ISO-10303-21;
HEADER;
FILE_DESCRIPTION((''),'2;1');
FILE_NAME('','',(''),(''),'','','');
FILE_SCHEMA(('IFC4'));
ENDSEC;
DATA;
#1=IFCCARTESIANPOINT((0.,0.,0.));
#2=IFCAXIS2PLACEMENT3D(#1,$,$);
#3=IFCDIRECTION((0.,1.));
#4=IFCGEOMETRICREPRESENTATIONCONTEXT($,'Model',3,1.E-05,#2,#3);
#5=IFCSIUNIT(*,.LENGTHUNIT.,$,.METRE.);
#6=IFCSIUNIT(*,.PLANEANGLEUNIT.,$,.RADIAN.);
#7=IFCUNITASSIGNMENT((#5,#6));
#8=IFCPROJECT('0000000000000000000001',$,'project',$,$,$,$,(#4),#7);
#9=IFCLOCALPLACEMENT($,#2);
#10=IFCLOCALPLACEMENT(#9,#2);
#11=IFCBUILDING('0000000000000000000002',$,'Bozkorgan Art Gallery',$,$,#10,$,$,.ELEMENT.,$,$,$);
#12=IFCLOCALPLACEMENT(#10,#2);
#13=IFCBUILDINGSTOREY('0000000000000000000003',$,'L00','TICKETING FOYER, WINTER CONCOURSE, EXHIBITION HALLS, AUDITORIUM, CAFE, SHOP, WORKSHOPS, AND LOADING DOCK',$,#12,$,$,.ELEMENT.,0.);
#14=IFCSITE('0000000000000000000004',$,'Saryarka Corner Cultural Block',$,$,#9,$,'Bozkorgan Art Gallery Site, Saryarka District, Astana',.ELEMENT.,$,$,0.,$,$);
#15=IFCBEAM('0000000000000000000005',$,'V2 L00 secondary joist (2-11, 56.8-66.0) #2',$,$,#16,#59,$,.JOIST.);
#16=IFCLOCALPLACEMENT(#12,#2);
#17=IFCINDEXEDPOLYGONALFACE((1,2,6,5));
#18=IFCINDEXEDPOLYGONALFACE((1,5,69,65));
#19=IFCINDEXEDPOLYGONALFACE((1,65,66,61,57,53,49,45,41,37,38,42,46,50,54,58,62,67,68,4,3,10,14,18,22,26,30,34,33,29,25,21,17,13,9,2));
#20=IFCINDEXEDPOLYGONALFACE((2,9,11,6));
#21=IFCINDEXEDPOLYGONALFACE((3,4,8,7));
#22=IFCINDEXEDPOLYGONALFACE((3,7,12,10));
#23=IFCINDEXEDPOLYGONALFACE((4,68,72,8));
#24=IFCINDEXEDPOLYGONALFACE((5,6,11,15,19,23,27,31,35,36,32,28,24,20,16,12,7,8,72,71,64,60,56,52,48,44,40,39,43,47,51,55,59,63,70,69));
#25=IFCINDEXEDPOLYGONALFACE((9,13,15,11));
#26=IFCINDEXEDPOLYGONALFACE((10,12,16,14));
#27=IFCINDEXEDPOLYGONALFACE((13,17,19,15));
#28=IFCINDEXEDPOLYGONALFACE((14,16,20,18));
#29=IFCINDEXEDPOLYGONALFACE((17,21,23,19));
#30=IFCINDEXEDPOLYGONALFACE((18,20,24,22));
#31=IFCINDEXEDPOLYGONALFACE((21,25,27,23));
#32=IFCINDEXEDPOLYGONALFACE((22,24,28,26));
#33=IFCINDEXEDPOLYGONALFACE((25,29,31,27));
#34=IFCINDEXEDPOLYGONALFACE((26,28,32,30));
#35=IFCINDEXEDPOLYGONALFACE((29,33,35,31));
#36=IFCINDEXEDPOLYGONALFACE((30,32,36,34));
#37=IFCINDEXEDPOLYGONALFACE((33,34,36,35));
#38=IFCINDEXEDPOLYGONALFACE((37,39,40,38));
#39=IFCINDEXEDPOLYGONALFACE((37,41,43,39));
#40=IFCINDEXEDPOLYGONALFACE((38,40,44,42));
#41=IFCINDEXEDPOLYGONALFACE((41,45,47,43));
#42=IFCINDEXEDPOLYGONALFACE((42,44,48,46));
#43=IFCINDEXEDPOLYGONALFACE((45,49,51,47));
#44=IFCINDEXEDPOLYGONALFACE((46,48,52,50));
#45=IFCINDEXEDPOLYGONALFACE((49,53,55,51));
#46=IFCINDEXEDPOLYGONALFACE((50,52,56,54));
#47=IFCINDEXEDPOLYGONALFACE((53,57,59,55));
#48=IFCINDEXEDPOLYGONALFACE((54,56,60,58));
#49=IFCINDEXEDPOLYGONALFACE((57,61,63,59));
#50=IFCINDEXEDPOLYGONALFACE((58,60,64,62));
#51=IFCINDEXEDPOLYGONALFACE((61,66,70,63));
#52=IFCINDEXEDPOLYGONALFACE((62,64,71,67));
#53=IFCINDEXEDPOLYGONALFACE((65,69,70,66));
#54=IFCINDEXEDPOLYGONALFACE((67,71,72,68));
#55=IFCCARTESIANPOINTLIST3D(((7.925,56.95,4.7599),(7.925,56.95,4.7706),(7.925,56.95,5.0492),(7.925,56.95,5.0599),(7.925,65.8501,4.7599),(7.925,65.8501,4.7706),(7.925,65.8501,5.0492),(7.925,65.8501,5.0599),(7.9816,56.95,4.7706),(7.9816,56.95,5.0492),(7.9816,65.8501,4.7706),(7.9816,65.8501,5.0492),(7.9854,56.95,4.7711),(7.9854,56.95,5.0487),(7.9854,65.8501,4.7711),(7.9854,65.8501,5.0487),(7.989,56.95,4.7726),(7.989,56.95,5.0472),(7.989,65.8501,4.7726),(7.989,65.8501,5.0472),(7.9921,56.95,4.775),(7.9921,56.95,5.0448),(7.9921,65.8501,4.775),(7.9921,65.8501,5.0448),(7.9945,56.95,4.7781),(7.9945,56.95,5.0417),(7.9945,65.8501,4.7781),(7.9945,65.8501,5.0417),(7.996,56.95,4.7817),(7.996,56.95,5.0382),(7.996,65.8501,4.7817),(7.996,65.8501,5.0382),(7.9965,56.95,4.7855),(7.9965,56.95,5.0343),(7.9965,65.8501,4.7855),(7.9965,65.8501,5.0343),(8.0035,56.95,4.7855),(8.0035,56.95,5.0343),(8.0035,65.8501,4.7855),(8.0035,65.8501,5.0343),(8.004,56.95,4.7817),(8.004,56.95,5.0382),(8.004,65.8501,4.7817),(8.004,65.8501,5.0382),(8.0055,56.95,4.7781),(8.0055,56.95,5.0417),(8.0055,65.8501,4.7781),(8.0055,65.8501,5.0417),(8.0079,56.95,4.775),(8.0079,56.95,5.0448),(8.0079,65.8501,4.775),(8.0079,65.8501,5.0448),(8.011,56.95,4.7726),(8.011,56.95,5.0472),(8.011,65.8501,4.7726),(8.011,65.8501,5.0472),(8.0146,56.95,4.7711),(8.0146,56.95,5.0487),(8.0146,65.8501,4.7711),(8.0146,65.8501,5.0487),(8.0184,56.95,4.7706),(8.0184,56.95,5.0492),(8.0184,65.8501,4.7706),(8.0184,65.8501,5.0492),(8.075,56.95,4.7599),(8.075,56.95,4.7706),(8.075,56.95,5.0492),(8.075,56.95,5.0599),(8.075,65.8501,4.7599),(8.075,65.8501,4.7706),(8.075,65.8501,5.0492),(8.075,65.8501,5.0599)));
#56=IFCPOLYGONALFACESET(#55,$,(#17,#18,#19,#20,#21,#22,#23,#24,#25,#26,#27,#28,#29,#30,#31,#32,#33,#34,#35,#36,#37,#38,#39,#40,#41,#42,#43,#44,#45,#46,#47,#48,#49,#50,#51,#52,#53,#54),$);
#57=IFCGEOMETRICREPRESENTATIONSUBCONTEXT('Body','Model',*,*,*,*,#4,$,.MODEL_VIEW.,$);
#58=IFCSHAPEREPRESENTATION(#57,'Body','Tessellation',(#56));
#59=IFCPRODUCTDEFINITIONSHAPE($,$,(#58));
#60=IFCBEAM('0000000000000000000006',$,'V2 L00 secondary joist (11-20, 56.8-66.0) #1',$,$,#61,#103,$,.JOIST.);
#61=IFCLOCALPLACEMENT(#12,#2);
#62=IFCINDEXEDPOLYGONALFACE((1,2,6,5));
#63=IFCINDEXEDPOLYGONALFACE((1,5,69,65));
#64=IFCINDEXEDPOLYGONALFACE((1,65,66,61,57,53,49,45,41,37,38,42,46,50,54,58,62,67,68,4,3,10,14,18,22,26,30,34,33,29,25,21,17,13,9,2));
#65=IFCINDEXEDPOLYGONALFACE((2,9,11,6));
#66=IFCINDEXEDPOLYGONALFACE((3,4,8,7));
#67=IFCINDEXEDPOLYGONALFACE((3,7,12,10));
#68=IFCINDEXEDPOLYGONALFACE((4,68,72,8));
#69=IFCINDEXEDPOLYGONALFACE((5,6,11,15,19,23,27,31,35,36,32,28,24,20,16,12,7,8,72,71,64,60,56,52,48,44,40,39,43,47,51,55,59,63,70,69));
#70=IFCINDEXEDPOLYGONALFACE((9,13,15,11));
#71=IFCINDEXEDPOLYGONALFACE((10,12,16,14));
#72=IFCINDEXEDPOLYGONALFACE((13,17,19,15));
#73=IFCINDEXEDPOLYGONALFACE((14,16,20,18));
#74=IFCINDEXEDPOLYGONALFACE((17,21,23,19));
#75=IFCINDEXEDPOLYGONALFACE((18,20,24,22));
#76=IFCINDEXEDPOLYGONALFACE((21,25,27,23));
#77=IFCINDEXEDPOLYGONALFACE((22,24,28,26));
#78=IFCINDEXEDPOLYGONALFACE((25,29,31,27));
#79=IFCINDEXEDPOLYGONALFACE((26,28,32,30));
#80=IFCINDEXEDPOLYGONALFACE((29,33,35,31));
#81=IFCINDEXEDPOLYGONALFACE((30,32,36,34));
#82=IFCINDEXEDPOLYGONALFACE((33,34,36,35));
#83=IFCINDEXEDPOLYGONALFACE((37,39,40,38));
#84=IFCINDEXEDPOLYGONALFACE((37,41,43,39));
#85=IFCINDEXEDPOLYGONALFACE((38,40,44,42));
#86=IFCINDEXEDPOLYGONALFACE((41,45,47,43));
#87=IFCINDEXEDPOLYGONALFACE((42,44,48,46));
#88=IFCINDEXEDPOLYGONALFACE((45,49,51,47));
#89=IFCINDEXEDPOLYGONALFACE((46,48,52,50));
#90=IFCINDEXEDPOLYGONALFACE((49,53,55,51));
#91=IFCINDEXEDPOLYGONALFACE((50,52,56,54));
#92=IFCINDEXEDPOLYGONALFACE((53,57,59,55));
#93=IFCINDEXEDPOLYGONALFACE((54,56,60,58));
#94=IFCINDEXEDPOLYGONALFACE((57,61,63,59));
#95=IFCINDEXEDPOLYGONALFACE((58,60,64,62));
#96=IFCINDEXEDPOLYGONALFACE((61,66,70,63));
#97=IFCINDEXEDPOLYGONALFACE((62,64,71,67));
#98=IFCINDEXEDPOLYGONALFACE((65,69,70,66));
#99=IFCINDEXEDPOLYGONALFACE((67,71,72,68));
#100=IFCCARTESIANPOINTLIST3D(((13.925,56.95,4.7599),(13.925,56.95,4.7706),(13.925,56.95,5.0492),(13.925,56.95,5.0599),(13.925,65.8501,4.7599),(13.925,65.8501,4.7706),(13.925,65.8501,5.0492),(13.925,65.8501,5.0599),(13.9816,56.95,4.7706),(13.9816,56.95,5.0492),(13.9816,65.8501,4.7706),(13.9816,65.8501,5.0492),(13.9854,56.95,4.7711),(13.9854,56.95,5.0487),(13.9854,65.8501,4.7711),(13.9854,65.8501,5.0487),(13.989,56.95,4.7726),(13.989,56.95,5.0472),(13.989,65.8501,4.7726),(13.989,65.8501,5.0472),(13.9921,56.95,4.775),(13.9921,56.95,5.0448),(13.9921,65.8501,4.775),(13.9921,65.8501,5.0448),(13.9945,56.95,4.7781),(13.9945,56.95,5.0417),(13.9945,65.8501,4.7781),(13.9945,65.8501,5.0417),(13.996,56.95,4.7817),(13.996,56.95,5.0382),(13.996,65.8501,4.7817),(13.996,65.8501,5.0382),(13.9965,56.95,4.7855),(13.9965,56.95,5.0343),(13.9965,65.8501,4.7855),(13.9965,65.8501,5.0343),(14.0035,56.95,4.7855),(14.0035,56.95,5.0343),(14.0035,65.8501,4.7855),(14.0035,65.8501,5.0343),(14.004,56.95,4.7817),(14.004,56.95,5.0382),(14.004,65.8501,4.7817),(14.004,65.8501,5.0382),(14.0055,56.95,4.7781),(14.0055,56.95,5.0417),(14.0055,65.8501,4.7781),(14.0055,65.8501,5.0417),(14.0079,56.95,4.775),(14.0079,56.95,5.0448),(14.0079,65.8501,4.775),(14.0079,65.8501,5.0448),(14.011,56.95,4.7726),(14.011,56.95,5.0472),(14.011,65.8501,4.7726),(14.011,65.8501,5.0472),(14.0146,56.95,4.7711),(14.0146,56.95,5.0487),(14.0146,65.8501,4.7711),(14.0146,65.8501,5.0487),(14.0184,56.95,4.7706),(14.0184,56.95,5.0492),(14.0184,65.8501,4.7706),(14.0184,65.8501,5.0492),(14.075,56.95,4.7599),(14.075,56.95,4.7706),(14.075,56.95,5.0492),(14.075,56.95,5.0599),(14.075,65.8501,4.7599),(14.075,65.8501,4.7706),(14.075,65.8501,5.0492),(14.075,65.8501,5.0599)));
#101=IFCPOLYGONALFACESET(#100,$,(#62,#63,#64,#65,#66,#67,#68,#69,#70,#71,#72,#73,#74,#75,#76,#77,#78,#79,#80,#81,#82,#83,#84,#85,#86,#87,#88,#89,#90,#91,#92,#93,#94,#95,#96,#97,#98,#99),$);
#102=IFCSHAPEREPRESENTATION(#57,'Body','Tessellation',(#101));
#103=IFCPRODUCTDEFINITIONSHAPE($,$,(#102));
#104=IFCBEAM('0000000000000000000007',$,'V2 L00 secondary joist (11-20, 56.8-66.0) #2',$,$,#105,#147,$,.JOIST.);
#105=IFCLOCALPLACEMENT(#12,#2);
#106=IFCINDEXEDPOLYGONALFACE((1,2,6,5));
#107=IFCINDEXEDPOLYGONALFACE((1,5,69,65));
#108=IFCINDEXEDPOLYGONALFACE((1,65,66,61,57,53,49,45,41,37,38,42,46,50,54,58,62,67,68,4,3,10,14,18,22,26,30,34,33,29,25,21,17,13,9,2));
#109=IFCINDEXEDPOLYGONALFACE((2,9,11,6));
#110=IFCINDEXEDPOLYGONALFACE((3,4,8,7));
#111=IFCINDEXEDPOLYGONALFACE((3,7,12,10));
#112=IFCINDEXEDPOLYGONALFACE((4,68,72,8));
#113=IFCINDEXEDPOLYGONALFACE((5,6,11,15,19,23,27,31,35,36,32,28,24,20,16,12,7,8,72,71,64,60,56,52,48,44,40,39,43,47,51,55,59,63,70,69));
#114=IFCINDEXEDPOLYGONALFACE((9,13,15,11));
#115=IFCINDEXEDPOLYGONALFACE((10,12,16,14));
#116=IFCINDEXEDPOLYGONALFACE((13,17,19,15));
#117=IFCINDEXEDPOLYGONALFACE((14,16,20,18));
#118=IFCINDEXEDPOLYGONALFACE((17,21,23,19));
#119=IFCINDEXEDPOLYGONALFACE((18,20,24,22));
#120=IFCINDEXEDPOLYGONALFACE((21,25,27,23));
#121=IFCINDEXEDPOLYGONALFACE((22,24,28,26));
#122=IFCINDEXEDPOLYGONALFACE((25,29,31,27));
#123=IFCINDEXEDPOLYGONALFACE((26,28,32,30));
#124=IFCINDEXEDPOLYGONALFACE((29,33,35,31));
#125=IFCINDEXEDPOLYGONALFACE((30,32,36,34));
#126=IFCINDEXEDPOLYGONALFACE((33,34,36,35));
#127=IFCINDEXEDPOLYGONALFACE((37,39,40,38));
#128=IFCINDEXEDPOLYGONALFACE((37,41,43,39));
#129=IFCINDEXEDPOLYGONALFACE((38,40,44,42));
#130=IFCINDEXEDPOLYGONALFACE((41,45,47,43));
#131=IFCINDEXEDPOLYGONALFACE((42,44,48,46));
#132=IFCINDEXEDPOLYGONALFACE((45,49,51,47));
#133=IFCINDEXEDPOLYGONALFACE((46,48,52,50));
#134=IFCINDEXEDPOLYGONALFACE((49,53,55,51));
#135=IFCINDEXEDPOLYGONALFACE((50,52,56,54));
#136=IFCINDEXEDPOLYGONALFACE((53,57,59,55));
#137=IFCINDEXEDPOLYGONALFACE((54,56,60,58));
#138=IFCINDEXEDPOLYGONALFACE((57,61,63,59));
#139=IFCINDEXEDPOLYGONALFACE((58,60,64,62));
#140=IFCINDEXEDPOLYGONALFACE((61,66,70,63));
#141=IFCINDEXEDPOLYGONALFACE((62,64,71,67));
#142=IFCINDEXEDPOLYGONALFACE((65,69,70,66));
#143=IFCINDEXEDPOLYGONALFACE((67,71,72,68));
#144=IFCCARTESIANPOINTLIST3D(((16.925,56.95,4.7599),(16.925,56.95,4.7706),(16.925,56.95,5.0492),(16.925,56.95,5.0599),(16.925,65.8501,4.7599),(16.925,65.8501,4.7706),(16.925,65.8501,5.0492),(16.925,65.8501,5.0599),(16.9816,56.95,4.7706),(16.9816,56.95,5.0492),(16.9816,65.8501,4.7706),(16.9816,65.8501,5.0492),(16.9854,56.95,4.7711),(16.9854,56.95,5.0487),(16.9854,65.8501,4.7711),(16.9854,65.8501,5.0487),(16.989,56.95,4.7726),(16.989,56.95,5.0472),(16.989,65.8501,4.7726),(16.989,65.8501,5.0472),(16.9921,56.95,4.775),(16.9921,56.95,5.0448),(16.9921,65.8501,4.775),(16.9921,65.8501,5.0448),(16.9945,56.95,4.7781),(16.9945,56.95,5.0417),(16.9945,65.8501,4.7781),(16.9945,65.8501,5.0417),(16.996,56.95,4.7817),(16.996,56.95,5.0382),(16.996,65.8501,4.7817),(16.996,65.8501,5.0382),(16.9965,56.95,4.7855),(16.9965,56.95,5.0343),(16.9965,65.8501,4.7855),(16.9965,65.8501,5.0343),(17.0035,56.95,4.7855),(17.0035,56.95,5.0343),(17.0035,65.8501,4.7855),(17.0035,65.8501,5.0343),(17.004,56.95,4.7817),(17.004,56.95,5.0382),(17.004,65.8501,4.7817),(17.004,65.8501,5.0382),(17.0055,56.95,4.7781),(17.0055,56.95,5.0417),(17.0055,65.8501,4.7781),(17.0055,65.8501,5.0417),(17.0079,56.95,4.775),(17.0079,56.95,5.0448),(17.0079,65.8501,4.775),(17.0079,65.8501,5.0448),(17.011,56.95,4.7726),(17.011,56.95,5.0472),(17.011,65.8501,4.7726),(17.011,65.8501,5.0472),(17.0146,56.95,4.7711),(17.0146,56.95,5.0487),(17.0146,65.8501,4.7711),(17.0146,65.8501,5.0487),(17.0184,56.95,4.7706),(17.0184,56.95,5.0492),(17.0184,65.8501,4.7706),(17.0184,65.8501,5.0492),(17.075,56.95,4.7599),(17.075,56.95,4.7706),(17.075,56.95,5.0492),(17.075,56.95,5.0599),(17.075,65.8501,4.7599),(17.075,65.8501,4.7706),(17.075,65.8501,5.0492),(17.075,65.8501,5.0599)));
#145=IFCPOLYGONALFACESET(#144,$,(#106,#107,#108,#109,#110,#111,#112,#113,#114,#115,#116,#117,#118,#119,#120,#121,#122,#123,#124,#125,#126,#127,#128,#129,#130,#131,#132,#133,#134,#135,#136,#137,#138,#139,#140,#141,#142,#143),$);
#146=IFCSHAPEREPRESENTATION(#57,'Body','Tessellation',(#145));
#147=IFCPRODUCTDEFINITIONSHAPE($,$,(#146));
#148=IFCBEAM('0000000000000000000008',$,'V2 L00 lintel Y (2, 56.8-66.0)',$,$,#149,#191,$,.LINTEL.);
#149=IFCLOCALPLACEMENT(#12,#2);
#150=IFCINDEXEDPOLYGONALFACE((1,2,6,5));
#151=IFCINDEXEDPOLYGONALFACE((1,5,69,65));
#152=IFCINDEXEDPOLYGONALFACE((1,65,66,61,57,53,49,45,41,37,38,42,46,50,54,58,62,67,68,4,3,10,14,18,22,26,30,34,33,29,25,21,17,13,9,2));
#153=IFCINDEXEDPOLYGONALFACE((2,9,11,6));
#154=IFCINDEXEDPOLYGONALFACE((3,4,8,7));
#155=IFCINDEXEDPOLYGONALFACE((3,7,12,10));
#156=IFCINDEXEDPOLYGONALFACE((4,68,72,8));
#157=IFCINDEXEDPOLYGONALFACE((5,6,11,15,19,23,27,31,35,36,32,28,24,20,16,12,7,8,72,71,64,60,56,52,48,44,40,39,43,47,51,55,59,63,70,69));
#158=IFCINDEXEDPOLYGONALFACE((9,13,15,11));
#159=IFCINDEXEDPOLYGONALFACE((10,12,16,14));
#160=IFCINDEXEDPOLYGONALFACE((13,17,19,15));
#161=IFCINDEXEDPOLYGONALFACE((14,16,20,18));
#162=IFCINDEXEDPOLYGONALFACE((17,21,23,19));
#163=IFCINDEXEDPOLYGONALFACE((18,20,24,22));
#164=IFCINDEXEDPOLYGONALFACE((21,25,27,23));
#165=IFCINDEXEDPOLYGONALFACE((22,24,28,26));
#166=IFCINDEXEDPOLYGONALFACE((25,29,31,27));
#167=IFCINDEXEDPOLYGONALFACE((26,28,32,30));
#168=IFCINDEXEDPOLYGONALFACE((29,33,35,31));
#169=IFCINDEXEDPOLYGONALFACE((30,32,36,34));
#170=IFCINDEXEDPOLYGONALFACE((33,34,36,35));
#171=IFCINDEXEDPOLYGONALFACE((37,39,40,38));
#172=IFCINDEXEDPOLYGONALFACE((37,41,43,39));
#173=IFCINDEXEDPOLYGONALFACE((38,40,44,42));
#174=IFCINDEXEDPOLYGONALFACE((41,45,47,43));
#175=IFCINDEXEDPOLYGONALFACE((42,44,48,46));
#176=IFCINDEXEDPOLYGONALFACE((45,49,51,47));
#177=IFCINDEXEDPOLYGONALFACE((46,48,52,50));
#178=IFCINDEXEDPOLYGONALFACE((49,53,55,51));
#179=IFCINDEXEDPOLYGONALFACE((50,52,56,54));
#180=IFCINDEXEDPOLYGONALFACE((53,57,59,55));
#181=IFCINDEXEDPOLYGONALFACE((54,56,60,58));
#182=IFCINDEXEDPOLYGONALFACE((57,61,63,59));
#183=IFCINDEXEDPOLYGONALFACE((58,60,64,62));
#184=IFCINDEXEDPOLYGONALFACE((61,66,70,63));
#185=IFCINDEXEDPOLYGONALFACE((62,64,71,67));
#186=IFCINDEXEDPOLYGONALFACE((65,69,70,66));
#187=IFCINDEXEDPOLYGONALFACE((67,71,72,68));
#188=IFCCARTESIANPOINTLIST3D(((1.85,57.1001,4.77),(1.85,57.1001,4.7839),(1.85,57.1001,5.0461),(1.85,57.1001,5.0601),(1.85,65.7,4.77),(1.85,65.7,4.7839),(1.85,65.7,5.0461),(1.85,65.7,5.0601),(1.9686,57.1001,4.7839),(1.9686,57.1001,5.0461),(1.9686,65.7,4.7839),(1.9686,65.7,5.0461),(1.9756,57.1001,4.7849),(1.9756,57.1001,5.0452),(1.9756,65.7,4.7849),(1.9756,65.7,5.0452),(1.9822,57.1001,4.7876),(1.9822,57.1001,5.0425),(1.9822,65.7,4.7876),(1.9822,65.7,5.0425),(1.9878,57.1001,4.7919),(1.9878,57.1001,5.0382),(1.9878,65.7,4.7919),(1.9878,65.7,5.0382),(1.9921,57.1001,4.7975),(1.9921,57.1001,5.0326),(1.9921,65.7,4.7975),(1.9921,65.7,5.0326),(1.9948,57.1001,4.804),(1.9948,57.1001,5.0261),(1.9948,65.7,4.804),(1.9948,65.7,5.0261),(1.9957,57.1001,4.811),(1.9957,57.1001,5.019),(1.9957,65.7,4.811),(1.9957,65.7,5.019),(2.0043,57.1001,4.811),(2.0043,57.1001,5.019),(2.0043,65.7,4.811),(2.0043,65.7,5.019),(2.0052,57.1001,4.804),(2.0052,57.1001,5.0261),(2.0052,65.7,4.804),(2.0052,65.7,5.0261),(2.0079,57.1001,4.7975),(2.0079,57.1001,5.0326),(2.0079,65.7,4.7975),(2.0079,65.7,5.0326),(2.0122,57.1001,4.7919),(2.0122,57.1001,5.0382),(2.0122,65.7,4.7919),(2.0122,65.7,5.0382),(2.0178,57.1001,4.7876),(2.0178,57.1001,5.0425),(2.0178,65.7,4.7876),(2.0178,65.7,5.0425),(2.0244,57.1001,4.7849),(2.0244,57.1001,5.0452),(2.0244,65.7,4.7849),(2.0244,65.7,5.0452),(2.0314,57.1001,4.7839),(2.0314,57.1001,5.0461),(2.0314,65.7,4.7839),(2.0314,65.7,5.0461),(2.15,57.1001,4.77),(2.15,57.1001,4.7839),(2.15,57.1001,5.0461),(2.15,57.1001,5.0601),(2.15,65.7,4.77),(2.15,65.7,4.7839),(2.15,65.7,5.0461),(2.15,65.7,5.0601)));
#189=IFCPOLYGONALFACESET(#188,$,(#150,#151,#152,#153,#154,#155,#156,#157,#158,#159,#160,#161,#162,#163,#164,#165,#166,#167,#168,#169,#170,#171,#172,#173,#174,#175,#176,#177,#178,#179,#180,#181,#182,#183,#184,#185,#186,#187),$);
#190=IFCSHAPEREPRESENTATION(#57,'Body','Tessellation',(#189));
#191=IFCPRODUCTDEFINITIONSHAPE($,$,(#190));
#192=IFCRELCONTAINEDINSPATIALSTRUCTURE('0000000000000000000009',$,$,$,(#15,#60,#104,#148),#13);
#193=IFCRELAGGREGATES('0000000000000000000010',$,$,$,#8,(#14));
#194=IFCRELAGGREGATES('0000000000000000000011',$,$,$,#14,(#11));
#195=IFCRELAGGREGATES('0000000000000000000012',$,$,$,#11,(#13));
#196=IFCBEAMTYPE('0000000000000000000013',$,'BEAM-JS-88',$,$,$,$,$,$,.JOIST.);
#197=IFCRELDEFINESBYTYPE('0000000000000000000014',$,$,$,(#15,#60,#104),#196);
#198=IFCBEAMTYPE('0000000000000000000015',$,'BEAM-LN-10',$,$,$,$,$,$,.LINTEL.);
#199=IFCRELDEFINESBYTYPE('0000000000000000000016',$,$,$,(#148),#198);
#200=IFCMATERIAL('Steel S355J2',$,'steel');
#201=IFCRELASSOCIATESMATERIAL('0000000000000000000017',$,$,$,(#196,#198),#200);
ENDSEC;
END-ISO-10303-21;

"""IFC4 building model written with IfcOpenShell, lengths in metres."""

from ifc_helpers import new_model, si_unit, direction, frame, origin, origin_2d, place, context, subcontext, project, spatial, i_section, extrude, material, material_profile, profile_set, type_object, element, save


model = new_model("IFC4")

# Units and contexts
model_context = context("Model", 3, precision=1e-05, world=origin(), true_north=direction((0.0, 1.0)))
body_context = subcontext(model_context, "Body", "Model", "MODEL_VIEW")
ifc_project = project(units=[si_unit("LENGTHUNIT", "METRE"), si_unit("PLANEANGLEUNIT", "RADIAN")], contexts=[model_context])

# Site, building, storey
site_placement = place(None, origin())
site = spatial("IfcSite", under=ifc_project, at=site_placement, Name="Saryarka Corner Cultural Block", LongName="Bozkorgan Art Gallery Site, Saryarka District, Astana", CompositionType="ELEMENT", RefElevation=0.0)
building_placement = place(site_placement, origin())
building = spatial("IfcBuilding", under=site, at=building_placement, Name="Bozkorgan Art Gallery", CompositionType="ELEMENT")
storey_placement = place(building_placement, origin())
storey = spatial("IfcBuildingStorey", under=building, at=storey_placement, Name="L00", Description="TICKETING FOYER, WINTER CONCOURSE, EXHIBITION HALLS, AUDITORIUM, CAFE, SHOP, WORKSHOPS, AND LOADING DOCK", CompositionType="ELEMENT", Elevation=0.0)

# Beams
ifc_material_1 = material(Name="Steel S355J2", Category="steel")
ifc_material_profile_1 = material_profile(ifc_material_1, i_section(OverallWidth=0.1499, OverallDepth=0.3, WebThickness=0.0071, FlangeThickness=0.0107, FilletRadius=0.0149, at=origin_2d()), Name="IPE 300")
ifc_profile_set_1 = profile_set([ifc_material_profile_1], Name="Steel S355J2")
beam_type_1 = type_object("IfcBeamType", Name="BEAM-JS-88", PredefinedType="JOIST", material=ifc_profile_set_1)
for number, where, z_axis, x_axis, name in (
    (1, (8.0, 56.95, 4.9099), (0.0, 1.0, 0.0), (-1.0, 0.0, 0.0), "V2 L00 secondary joist (2-11, 56.8-66.0) #2"),
    (2, (14.0, 56.95, 4.9099), (0.0, 1.0, 0.0), (-1.0, 0.0, 0.0), "V2 L00 secondary joist (11-20, 56.8-66.0) #1"),
    (3, (17.0, 56.95, 4.9099), (0.0, 1.0, 0.0), (-1.0, 0.0, 0.0), "V2 L00 secondary joist (11-20, 56.8-66.0) #2"),
):
    element("IfcBeam", number, at=place(storey_placement, frame(where, z_axis=z_axis, x_axis=x_axis)), inside=storey, type_object=beam_type_1, Name=name, PredefinedType="JOIST", context=body_context, shape_type="SweptSolid", body=[
        extrude(i_section(OverallWidth=0.1499, OverallDepth=0.3, WebThickness=0.0071, FlangeThickness=0.0107, FilletRadius=0.0149, at=origin_2d()), origin(), (0.0, 0.0, 1.0), 8.9001),
    ])
ifc_material_profile_2 = material_profile(ifc_material_1, i_section(OverallWidth=0.3, OverallDepth=0.29, WebThickness=0.0085, FlangeThickness=0.0139, FilletRadius=0.0271, at=origin_2d()), Name="HEA 300")
ifc_profile_set_2 = profile_set([ifc_material_profile_2], Name="Steel S355J2")
beam_type_2 = type_object("IfcBeamType", Name="BEAM-LN-10", PredefinedType="LINTEL", material=ifc_profile_set_2)
beam_1_placement = place(storey_placement, frame((2.0, 57.1001, 4.915), z_axis=(0.0, 1.0, 0.0), x_axis=(-1.0, 0.0, 0.0)))
element("IfcBeam", 4, at=beam_1_placement, inside=storey, type_object=beam_type_2, Name="V2 L00 lintel Y (2, 56.8-66.0)", PredefinedType="LINTEL", context=body_context, shape_type="SweptSolid", body=[
    extrude(i_section(OverallWidth=0.3, OverallDepth=0.29, WebThickness=0.0085, FlangeThickness=0.0139, FilletRadius=0.0271, at=origin_2d()), origin(), (0.0, 0.0, 1.0), 8.5999),
])

save(model, "model.ifc")
